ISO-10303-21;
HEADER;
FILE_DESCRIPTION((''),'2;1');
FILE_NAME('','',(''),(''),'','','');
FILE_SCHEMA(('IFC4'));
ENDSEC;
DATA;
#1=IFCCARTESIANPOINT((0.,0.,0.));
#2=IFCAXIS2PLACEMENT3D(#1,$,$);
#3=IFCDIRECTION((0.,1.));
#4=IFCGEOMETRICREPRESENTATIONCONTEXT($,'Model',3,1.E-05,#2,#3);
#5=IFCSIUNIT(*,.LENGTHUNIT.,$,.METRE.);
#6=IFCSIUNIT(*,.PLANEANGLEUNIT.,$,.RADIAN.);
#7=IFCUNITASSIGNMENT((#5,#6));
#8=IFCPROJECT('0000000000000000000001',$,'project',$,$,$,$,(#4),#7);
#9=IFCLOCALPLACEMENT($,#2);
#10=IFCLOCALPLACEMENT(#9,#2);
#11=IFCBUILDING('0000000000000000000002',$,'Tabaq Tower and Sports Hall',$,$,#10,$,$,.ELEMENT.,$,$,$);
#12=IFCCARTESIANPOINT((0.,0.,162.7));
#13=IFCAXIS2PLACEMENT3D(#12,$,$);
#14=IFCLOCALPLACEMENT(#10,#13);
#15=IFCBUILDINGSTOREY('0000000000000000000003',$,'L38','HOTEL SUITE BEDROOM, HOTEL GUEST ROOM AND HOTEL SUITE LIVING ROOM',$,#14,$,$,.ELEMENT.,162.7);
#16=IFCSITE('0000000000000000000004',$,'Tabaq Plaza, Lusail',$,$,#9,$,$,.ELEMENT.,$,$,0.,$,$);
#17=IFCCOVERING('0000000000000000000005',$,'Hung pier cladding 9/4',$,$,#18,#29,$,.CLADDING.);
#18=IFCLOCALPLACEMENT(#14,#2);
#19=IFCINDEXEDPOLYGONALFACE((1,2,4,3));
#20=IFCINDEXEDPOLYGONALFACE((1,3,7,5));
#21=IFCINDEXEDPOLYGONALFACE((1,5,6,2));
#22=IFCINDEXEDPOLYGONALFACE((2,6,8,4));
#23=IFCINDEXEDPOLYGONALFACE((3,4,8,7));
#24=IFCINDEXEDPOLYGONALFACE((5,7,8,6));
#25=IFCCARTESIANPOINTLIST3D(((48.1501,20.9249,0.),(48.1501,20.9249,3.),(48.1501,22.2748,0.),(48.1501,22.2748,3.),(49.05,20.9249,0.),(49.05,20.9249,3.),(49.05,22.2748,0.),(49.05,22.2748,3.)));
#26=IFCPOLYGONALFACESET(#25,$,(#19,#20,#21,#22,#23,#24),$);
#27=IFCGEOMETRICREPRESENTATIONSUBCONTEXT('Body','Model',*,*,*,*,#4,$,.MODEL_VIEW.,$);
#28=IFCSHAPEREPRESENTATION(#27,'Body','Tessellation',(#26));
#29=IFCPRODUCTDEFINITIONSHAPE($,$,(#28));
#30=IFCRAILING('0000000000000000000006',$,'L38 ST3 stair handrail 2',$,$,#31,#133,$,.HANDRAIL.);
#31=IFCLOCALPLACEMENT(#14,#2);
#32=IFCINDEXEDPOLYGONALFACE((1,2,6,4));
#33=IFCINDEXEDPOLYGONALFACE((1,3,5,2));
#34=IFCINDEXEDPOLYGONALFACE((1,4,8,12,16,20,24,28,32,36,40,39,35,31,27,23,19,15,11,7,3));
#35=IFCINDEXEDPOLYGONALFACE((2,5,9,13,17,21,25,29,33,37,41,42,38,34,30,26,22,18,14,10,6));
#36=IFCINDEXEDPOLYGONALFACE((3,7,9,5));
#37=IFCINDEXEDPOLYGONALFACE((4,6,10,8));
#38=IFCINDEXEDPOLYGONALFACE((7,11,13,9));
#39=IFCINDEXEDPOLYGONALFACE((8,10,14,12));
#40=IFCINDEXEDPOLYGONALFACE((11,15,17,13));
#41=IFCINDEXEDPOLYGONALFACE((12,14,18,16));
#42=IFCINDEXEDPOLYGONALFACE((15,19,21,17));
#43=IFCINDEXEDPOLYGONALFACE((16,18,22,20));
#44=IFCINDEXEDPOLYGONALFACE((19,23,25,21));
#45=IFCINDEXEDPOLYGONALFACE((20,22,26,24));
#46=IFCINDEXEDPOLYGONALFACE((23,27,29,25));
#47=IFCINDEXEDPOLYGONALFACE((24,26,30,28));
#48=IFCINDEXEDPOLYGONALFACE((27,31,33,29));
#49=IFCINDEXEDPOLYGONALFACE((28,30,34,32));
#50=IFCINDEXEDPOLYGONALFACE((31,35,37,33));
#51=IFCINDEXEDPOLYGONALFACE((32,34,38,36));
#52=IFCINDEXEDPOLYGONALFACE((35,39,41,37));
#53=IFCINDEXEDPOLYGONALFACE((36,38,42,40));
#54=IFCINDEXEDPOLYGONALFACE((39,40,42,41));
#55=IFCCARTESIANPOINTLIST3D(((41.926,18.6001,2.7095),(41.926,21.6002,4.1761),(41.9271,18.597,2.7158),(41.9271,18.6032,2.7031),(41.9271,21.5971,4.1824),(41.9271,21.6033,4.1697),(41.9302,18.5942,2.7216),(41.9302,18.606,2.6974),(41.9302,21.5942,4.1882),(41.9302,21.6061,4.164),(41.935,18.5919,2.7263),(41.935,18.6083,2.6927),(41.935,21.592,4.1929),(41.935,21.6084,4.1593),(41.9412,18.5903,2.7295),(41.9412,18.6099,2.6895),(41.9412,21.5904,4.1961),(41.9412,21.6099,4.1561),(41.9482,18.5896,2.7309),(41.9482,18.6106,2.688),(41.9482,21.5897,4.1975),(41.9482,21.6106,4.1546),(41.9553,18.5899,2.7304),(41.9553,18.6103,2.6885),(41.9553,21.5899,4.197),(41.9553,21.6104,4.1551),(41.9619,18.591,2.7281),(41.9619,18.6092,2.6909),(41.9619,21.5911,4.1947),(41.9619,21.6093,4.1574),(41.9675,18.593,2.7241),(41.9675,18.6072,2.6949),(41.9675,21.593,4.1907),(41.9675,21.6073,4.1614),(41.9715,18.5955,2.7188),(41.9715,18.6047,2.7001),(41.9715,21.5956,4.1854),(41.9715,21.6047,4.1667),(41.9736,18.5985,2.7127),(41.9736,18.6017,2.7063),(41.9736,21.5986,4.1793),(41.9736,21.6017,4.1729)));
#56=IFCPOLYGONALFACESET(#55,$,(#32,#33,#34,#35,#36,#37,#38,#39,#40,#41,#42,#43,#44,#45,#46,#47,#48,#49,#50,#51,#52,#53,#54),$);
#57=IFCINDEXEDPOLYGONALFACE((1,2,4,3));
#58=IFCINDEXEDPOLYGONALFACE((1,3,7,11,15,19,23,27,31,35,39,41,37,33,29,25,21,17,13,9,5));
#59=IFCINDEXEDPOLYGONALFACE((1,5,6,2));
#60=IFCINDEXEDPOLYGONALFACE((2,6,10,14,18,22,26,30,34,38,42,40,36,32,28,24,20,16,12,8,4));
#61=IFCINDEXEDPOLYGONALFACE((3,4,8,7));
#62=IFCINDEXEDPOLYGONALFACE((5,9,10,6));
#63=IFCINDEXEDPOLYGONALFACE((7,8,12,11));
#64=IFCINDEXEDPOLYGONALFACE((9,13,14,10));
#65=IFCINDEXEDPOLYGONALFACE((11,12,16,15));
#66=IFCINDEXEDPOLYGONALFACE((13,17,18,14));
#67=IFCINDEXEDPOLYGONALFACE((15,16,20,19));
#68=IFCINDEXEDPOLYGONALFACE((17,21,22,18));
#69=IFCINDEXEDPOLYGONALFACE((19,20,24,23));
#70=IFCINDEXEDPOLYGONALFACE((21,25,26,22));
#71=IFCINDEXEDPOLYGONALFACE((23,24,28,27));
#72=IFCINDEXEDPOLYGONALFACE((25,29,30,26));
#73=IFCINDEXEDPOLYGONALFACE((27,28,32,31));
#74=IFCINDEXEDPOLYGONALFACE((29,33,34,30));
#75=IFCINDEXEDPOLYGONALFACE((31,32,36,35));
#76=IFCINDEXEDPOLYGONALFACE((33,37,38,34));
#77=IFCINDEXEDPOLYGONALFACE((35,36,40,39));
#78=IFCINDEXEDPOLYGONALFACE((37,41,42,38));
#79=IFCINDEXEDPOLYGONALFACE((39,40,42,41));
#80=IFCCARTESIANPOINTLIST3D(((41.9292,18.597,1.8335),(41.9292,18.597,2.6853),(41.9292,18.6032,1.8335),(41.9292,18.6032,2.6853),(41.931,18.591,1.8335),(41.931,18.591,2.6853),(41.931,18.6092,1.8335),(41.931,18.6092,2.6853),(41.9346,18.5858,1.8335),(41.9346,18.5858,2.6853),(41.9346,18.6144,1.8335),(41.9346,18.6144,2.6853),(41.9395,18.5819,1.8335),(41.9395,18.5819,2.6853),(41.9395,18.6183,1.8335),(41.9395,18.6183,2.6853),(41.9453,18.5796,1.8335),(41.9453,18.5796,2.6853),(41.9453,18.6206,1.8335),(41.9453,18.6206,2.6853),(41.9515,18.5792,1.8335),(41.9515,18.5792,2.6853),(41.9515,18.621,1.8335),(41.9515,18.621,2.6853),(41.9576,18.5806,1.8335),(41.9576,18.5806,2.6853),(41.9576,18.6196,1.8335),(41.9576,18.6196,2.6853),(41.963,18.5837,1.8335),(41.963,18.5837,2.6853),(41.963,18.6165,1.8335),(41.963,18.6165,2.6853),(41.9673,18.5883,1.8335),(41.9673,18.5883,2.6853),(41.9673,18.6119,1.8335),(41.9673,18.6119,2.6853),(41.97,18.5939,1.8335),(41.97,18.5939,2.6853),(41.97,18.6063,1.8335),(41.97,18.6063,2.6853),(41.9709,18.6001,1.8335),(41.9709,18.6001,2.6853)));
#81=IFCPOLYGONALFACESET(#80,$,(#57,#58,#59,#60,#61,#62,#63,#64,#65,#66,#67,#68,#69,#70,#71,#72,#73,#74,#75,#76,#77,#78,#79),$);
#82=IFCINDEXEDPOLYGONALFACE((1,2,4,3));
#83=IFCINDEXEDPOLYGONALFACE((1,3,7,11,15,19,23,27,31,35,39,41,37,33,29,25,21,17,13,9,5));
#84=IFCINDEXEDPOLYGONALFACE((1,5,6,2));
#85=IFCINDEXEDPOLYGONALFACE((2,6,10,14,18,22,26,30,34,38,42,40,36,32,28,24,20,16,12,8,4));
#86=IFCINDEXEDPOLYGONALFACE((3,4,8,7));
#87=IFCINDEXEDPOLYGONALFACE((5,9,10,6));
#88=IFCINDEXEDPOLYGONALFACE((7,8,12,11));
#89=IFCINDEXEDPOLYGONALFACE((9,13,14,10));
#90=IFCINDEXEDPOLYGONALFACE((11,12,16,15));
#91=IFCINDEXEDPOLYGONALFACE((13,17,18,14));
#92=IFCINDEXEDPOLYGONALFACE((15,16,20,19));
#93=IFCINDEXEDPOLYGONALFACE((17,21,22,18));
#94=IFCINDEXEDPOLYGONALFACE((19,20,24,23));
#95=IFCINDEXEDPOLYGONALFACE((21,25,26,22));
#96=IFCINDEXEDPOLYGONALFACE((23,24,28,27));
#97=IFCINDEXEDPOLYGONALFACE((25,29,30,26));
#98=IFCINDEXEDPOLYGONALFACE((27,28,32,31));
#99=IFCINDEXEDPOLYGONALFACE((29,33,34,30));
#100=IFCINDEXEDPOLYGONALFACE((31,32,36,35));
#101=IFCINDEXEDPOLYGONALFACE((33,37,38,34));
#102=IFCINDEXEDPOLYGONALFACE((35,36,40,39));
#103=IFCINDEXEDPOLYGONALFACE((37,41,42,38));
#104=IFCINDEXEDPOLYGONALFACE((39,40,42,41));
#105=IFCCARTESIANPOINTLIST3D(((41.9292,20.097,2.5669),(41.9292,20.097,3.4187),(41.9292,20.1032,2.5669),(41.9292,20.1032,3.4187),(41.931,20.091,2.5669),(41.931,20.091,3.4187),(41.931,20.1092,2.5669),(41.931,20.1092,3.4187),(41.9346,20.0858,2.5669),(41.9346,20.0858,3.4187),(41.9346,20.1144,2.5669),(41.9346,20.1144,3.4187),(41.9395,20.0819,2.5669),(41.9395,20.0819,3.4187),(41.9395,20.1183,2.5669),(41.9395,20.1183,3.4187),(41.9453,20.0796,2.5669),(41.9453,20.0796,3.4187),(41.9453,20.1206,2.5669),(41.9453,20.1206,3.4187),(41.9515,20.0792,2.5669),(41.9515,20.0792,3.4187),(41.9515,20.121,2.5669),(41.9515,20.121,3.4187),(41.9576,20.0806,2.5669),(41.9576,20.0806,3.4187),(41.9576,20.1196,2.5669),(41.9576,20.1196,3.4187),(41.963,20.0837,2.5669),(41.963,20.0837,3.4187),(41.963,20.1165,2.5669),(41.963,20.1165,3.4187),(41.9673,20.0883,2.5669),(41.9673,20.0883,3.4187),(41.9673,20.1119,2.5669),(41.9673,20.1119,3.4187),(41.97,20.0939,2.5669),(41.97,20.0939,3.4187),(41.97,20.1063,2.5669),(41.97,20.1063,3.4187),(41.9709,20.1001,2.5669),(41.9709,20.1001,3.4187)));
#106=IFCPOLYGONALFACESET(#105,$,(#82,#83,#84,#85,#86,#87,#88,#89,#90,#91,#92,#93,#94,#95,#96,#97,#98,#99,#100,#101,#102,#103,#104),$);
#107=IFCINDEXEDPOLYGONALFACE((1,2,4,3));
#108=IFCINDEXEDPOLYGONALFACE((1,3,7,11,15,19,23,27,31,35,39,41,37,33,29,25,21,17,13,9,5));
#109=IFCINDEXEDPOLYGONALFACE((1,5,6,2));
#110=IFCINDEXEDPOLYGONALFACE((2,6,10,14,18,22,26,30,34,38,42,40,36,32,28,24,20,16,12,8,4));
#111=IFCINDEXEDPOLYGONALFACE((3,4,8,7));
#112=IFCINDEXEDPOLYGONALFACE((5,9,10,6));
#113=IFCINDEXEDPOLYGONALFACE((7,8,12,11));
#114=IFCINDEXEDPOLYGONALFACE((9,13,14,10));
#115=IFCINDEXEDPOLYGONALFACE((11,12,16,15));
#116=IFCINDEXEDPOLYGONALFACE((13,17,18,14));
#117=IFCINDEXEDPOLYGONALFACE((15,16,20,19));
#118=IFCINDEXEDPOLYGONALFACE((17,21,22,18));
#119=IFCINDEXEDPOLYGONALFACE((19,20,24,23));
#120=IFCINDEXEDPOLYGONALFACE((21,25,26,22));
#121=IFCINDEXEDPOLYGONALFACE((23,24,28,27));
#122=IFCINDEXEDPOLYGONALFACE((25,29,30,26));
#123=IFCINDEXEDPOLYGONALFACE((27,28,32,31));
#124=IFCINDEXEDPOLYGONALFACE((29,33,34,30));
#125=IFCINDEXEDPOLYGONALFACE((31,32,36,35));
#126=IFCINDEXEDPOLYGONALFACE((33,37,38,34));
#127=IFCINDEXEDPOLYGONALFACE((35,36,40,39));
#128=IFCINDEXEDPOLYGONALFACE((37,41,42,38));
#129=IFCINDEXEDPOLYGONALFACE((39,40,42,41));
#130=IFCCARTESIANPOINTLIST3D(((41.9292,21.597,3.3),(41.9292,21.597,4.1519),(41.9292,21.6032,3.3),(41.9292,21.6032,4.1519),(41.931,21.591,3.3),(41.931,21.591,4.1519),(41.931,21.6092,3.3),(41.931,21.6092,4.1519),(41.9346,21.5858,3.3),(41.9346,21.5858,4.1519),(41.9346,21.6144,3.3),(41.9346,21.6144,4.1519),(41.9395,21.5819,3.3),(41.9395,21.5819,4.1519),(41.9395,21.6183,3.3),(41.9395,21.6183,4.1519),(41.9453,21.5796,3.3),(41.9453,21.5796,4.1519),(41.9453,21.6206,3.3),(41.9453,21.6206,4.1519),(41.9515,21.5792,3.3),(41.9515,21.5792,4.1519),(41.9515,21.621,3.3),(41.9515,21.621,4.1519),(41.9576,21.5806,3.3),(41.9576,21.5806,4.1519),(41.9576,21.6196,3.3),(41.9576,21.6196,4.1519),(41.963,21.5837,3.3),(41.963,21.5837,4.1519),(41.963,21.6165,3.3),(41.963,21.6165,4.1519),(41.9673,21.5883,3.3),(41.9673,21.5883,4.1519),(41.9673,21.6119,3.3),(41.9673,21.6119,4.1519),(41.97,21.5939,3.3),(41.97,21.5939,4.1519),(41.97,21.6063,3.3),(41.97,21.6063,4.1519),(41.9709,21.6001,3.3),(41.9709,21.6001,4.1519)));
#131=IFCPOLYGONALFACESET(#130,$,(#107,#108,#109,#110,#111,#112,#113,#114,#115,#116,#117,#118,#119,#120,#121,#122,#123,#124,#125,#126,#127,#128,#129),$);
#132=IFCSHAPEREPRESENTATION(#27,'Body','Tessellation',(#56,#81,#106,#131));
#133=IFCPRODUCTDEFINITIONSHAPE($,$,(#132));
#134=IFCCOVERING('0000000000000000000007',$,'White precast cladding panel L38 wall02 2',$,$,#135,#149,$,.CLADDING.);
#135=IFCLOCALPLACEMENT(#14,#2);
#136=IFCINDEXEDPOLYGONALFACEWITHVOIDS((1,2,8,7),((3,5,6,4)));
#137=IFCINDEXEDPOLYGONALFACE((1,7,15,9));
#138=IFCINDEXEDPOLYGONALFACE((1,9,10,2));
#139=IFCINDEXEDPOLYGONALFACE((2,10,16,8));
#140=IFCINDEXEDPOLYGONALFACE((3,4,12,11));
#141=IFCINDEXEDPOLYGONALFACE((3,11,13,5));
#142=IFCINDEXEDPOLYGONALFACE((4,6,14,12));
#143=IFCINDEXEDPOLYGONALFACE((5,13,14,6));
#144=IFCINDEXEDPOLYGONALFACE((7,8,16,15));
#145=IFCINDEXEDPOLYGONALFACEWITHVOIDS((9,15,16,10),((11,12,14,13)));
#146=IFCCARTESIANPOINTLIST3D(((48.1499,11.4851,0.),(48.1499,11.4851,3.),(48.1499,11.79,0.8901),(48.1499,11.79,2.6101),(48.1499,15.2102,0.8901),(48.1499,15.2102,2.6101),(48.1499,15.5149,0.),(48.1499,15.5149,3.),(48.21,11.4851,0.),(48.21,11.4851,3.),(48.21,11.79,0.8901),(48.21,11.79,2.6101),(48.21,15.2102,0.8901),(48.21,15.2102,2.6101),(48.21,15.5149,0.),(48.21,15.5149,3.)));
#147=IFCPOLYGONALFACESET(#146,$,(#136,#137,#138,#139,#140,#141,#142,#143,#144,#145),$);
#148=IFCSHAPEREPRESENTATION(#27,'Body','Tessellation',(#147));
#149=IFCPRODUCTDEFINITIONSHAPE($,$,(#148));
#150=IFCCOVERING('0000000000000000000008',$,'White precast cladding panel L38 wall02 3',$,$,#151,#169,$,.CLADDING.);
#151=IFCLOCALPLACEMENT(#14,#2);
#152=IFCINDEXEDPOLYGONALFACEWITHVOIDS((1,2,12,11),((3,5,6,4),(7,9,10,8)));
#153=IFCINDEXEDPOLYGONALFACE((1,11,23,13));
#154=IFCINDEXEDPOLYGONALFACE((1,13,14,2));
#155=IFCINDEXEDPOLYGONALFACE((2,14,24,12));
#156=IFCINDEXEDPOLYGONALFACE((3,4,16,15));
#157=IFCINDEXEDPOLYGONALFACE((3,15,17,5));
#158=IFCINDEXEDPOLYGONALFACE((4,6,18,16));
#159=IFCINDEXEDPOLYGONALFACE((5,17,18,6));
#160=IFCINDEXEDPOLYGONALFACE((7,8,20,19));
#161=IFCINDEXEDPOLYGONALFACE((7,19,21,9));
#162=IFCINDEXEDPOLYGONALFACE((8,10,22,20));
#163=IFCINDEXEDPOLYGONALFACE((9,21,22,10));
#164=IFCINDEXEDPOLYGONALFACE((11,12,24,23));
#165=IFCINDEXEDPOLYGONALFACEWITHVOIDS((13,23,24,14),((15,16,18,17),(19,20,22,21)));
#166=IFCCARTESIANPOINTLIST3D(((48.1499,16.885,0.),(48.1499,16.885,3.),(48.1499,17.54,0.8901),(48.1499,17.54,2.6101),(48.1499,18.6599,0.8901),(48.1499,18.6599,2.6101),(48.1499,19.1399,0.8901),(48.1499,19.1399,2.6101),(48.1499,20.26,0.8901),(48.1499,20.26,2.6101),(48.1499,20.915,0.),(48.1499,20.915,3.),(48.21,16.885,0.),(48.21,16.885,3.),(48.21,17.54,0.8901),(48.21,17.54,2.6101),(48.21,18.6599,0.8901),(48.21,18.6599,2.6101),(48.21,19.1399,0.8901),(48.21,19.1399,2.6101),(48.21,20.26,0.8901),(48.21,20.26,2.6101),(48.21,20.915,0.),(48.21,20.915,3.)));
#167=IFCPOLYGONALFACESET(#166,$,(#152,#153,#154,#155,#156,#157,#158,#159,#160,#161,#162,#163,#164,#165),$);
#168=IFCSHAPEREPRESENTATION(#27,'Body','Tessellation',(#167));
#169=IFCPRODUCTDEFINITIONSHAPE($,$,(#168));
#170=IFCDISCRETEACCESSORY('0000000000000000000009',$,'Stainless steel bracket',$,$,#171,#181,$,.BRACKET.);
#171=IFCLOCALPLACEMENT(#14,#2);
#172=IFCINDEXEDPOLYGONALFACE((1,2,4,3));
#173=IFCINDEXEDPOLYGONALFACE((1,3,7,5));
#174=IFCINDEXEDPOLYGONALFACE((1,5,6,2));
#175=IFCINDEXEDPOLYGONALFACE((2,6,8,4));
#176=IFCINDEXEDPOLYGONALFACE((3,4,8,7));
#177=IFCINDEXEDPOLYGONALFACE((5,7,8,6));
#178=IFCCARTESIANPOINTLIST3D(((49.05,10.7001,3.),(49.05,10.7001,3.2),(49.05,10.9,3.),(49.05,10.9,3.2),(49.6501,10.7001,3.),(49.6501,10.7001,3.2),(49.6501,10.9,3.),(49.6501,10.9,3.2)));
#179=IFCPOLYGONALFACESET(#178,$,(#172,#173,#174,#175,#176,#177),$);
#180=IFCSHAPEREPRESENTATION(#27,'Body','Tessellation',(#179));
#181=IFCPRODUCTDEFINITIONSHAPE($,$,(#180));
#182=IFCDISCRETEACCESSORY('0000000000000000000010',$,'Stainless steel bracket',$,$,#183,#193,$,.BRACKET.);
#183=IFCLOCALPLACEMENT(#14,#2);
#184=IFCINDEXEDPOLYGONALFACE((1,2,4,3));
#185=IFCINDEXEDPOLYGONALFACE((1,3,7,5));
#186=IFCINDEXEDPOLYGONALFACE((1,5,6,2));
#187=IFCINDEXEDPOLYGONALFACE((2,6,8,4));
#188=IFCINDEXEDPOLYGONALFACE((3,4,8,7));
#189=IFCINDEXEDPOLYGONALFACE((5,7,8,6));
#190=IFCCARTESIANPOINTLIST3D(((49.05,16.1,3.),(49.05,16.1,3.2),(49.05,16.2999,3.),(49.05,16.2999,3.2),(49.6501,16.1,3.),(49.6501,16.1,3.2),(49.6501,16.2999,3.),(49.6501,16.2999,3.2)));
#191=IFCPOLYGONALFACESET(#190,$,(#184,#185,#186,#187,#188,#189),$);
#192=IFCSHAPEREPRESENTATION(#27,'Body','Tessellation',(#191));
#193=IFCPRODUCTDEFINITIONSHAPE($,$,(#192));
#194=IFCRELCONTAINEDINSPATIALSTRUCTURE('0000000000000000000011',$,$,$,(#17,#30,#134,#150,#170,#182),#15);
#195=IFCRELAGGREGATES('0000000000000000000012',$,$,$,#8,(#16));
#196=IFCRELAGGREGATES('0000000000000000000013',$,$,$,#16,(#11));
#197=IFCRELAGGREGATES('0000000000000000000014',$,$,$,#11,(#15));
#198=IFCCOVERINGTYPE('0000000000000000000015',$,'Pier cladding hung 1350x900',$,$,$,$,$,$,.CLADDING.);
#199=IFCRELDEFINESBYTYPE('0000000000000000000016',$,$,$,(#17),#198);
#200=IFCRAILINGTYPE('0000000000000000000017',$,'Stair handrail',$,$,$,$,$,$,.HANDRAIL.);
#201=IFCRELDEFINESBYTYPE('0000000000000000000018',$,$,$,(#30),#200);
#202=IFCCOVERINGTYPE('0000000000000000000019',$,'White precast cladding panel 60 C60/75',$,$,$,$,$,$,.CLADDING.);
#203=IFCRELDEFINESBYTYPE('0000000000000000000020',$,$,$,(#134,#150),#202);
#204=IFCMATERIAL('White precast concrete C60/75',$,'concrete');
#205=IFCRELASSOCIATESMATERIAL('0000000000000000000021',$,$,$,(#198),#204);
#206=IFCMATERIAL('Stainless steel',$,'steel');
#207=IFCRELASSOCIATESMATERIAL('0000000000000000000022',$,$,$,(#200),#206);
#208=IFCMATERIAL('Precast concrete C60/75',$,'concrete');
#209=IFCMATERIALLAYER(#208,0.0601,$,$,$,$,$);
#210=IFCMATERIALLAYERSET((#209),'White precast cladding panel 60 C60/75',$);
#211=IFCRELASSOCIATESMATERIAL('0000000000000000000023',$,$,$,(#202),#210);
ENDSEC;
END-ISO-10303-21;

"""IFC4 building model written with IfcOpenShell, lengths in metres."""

from ifc_helpers import new_model, si_unit, direction, frame, frame_2d, origin, origin_2d, place, context, subcontext, project, spatial, polyline, rectangle, circle, outline, extrude, material, layer, layer_set, type_object, element, save


model = new_model("IFC4")

# Units and contexts
model_context = context("Model", 3, precision=1e-05, world=origin(), true_north=direction((0.0, 1.0)))
body_context = subcontext(model_context, "Body", "Model", "MODEL_VIEW")
ifc_project = project(units=[si_unit("LENGTHUNIT", "METRE"), si_unit("PLANEANGLEUNIT", "RADIAN")], contexts=[model_context])

# Site, building, storey
site_placement = place(None, origin())
site = spatial("IfcSite", under=ifc_project, at=site_placement, Name="Tabaq Plaza, Lusail", CompositionType="ELEMENT", RefElevation=0.0)
building_placement = place(site_placement, origin())
building = spatial("IfcBuilding", under=site, at=building_placement, Name="Tabaq Tower and Sports Hall", CompositionType="ELEMENT")
storey_placement = place(building_placement, frame((0.0, 0.0, 162.7)))
storey = spatial("IfcBuildingStorey", under=building, at=storey_placement, Name="L38", Description="HOTEL SUITE BEDROOM, HOTEL GUEST ROOM AND HOTEL SUITE LIVING ROOM", CompositionType="ELEMENT", Elevation=162.7)

# Covering
ifc_material_1 = material(Name="White precast concrete C60/75", Category="concrete")
covering_type_1 = type_object("IfcCoveringType", Name="Pier cladding hung 1350x900", PredefinedType="CLADDING", material=ifc_material_1)
covering_1_placement = place(storey_placement, frame((48.6001, 20.925, 0.0), z_axis=(0.0, 0.0, 1.0), x_axis=(0.0, 1.0, 0.0)))
element("IfcCovering", 1, at=covering_1_placement, inside=storey, type_object=covering_type_1, Name="Hung pier cladding 9/4", PredefinedType="CLADDING", context=body_context, shape_type="SweptSolid", body=[
    extrude(rectangle(XDim=1.3499, YDim=0.8999, at=frame_2d((0.6748, 0.0))), origin(), (0.0, 0.0, 1.0), 3.0),
])

# Railing
ifc_material_2 = material(Name="Stainless steel", Category="steel")
railing_type = type_object("IfcRailingType", Name="Stair handrail", PredefinedType="HANDRAIL", material=ifc_material_2)
railing_placement = place(storey_placement, frame((41.95, 18.6001, 1.8335)))
element("IfcRailing", 2, at=railing_placement, inside=storey, type_object=railing_type, Name="L38 ST3 stair handrail 2", PredefinedType="HANDRAIL", context=body_context, shape_type="SweptSolid", body=[
    extrude(circle(Radius=0.0239, at=origin_2d()), frame((0.0, 0.0, 0.876), z_axis=(0.0, 0.898398, 0.439183), x_axis=(-1.0, 0.0, 0.0)), (0.0, 0.0, 1.0), 3.3394),
    extrude(circle(Radius=0.021, at=origin_2d()), origin(), (0.0, 0.0, 1.0), 0.8518),
    extrude(circle(Radius=0.021, at=origin_2d()), frame((0.0, 1.5, 0.7334)), (0.0, 0.0, 1.0), 0.8518),
    extrude(circle(Radius=0.021, at=origin_2d()), frame((0.0, 3.0, 1.4666)), (0.0, 0.0, 1.0), 0.8518),
])

# Coverings
ifc_material_3 = material(Name="Precast concrete C60/75", Category="concrete")
ifc_layer_1 = layer(ifc_material_3, 0.0601)
ifc_layer_set_1 = layer_set([ifc_layer_1], Name="White precast cladding panel 60 C60/75")
covering_type_2 = type_object("IfcCoveringType", Name="White precast cladding panel 60 C60/75", PredefinedType="CLADDING", material=ifc_layer_set_1)
covering_2_placement = place(storey_placement, frame((48.1799, 11.4851, 0.0), z_axis=(0.0, 0.0, 1.0), x_axis=(0.0, 1.0, 0.0)))
element("IfcCovering", 3, at=covering_2_placement, inside=storey, type_object=covering_type_2, Name="White precast cladding panel L38 wall02 2", PredefinedType="CLADDING", context=body_context, shape_type="SweptSolid", body=[
    extrude(outline(polyline([(0.0, 0.0), (4.0298, 0.0), (4.0298, 3.0), (0.0, 3.0), (0.0, 0.0)]), holes=[polyline([(0.3049, 0.8901), (0.3049, 2.6101), (3.7251, 2.6101), (3.7251, 0.8901), (0.3049, 0.8901)])]), frame((0.0, 0.03, 0.0), z_axis=(0.0, -1.0, 0.0), x_axis=(1.0, 0.0, 0.0)), (0.0, 0.0, 1.0), 0.0601),
])
covering_3_placement = place(storey_placement, frame((48.1799, 16.885, 0.0), z_axis=(0.0, 0.0, 1.0), x_axis=(0.0, 1.0, 0.0)))
element("IfcCovering", 4, at=covering_3_placement, inside=storey, type_object=covering_type_2, Name="White precast cladding panel L38 wall02 3", PredefinedType="CLADDING", context=body_context, shape_type="SweptSolid", body=[
    extrude(outline(polyline([(0.0, 0.0), (4.03, 0.0), (4.03, 3.0), (0.0, 3.0), (0.0, 0.0)]), holes=[polyline([(0.655, 2.6101), (1.7749, 2.6101), (1.7749, 0.8901), (0.655, 0.8901), (0.655, 2.6101)]), polyline([(2.2549, 2.6101), (3.375, 2.6101), (3.375, 0.8901), (2.2549, 0.8901), (2.2549, 2.6101)])]), frame((0.0, 0.03, 0.0), z_axis=(0.0, -1.0, 0.0), x_axis=(1.0, 0.0, 0.0)), (0.0, 0.0, 1.0), 0.0601),
])

# Discrete accessories
for number, where, z_axis, x_axis, name in (
    (5, (49.3501, 10.8, 3.0), (0.0, 0.0, 1.0), (1.0, 0.0, 0.0), "Stainless steel bracket"),
    (6, (49.3501, 16.2, 3.0), (0.0, 0.0, 1.0), (1.0, 0.0, 0.0), "Stainless steel bracket"),
):
    element("IfcDiscreteAccessory", number, at=place(storey_placement, frame(where, z_axis=z_axis, x_axis=x_axis)), inside=storey, Name=name, PredefinedType="BRACKET", context=body_context, shape_type="SweptSolid", body=[
        extrude(rectangle(XDim=0.6001, YDim=0.2, at=origin_2d()), origin(), (0.0, 0.0, 1.0), 0.2),
    ])

save(model, "model.ifc")
